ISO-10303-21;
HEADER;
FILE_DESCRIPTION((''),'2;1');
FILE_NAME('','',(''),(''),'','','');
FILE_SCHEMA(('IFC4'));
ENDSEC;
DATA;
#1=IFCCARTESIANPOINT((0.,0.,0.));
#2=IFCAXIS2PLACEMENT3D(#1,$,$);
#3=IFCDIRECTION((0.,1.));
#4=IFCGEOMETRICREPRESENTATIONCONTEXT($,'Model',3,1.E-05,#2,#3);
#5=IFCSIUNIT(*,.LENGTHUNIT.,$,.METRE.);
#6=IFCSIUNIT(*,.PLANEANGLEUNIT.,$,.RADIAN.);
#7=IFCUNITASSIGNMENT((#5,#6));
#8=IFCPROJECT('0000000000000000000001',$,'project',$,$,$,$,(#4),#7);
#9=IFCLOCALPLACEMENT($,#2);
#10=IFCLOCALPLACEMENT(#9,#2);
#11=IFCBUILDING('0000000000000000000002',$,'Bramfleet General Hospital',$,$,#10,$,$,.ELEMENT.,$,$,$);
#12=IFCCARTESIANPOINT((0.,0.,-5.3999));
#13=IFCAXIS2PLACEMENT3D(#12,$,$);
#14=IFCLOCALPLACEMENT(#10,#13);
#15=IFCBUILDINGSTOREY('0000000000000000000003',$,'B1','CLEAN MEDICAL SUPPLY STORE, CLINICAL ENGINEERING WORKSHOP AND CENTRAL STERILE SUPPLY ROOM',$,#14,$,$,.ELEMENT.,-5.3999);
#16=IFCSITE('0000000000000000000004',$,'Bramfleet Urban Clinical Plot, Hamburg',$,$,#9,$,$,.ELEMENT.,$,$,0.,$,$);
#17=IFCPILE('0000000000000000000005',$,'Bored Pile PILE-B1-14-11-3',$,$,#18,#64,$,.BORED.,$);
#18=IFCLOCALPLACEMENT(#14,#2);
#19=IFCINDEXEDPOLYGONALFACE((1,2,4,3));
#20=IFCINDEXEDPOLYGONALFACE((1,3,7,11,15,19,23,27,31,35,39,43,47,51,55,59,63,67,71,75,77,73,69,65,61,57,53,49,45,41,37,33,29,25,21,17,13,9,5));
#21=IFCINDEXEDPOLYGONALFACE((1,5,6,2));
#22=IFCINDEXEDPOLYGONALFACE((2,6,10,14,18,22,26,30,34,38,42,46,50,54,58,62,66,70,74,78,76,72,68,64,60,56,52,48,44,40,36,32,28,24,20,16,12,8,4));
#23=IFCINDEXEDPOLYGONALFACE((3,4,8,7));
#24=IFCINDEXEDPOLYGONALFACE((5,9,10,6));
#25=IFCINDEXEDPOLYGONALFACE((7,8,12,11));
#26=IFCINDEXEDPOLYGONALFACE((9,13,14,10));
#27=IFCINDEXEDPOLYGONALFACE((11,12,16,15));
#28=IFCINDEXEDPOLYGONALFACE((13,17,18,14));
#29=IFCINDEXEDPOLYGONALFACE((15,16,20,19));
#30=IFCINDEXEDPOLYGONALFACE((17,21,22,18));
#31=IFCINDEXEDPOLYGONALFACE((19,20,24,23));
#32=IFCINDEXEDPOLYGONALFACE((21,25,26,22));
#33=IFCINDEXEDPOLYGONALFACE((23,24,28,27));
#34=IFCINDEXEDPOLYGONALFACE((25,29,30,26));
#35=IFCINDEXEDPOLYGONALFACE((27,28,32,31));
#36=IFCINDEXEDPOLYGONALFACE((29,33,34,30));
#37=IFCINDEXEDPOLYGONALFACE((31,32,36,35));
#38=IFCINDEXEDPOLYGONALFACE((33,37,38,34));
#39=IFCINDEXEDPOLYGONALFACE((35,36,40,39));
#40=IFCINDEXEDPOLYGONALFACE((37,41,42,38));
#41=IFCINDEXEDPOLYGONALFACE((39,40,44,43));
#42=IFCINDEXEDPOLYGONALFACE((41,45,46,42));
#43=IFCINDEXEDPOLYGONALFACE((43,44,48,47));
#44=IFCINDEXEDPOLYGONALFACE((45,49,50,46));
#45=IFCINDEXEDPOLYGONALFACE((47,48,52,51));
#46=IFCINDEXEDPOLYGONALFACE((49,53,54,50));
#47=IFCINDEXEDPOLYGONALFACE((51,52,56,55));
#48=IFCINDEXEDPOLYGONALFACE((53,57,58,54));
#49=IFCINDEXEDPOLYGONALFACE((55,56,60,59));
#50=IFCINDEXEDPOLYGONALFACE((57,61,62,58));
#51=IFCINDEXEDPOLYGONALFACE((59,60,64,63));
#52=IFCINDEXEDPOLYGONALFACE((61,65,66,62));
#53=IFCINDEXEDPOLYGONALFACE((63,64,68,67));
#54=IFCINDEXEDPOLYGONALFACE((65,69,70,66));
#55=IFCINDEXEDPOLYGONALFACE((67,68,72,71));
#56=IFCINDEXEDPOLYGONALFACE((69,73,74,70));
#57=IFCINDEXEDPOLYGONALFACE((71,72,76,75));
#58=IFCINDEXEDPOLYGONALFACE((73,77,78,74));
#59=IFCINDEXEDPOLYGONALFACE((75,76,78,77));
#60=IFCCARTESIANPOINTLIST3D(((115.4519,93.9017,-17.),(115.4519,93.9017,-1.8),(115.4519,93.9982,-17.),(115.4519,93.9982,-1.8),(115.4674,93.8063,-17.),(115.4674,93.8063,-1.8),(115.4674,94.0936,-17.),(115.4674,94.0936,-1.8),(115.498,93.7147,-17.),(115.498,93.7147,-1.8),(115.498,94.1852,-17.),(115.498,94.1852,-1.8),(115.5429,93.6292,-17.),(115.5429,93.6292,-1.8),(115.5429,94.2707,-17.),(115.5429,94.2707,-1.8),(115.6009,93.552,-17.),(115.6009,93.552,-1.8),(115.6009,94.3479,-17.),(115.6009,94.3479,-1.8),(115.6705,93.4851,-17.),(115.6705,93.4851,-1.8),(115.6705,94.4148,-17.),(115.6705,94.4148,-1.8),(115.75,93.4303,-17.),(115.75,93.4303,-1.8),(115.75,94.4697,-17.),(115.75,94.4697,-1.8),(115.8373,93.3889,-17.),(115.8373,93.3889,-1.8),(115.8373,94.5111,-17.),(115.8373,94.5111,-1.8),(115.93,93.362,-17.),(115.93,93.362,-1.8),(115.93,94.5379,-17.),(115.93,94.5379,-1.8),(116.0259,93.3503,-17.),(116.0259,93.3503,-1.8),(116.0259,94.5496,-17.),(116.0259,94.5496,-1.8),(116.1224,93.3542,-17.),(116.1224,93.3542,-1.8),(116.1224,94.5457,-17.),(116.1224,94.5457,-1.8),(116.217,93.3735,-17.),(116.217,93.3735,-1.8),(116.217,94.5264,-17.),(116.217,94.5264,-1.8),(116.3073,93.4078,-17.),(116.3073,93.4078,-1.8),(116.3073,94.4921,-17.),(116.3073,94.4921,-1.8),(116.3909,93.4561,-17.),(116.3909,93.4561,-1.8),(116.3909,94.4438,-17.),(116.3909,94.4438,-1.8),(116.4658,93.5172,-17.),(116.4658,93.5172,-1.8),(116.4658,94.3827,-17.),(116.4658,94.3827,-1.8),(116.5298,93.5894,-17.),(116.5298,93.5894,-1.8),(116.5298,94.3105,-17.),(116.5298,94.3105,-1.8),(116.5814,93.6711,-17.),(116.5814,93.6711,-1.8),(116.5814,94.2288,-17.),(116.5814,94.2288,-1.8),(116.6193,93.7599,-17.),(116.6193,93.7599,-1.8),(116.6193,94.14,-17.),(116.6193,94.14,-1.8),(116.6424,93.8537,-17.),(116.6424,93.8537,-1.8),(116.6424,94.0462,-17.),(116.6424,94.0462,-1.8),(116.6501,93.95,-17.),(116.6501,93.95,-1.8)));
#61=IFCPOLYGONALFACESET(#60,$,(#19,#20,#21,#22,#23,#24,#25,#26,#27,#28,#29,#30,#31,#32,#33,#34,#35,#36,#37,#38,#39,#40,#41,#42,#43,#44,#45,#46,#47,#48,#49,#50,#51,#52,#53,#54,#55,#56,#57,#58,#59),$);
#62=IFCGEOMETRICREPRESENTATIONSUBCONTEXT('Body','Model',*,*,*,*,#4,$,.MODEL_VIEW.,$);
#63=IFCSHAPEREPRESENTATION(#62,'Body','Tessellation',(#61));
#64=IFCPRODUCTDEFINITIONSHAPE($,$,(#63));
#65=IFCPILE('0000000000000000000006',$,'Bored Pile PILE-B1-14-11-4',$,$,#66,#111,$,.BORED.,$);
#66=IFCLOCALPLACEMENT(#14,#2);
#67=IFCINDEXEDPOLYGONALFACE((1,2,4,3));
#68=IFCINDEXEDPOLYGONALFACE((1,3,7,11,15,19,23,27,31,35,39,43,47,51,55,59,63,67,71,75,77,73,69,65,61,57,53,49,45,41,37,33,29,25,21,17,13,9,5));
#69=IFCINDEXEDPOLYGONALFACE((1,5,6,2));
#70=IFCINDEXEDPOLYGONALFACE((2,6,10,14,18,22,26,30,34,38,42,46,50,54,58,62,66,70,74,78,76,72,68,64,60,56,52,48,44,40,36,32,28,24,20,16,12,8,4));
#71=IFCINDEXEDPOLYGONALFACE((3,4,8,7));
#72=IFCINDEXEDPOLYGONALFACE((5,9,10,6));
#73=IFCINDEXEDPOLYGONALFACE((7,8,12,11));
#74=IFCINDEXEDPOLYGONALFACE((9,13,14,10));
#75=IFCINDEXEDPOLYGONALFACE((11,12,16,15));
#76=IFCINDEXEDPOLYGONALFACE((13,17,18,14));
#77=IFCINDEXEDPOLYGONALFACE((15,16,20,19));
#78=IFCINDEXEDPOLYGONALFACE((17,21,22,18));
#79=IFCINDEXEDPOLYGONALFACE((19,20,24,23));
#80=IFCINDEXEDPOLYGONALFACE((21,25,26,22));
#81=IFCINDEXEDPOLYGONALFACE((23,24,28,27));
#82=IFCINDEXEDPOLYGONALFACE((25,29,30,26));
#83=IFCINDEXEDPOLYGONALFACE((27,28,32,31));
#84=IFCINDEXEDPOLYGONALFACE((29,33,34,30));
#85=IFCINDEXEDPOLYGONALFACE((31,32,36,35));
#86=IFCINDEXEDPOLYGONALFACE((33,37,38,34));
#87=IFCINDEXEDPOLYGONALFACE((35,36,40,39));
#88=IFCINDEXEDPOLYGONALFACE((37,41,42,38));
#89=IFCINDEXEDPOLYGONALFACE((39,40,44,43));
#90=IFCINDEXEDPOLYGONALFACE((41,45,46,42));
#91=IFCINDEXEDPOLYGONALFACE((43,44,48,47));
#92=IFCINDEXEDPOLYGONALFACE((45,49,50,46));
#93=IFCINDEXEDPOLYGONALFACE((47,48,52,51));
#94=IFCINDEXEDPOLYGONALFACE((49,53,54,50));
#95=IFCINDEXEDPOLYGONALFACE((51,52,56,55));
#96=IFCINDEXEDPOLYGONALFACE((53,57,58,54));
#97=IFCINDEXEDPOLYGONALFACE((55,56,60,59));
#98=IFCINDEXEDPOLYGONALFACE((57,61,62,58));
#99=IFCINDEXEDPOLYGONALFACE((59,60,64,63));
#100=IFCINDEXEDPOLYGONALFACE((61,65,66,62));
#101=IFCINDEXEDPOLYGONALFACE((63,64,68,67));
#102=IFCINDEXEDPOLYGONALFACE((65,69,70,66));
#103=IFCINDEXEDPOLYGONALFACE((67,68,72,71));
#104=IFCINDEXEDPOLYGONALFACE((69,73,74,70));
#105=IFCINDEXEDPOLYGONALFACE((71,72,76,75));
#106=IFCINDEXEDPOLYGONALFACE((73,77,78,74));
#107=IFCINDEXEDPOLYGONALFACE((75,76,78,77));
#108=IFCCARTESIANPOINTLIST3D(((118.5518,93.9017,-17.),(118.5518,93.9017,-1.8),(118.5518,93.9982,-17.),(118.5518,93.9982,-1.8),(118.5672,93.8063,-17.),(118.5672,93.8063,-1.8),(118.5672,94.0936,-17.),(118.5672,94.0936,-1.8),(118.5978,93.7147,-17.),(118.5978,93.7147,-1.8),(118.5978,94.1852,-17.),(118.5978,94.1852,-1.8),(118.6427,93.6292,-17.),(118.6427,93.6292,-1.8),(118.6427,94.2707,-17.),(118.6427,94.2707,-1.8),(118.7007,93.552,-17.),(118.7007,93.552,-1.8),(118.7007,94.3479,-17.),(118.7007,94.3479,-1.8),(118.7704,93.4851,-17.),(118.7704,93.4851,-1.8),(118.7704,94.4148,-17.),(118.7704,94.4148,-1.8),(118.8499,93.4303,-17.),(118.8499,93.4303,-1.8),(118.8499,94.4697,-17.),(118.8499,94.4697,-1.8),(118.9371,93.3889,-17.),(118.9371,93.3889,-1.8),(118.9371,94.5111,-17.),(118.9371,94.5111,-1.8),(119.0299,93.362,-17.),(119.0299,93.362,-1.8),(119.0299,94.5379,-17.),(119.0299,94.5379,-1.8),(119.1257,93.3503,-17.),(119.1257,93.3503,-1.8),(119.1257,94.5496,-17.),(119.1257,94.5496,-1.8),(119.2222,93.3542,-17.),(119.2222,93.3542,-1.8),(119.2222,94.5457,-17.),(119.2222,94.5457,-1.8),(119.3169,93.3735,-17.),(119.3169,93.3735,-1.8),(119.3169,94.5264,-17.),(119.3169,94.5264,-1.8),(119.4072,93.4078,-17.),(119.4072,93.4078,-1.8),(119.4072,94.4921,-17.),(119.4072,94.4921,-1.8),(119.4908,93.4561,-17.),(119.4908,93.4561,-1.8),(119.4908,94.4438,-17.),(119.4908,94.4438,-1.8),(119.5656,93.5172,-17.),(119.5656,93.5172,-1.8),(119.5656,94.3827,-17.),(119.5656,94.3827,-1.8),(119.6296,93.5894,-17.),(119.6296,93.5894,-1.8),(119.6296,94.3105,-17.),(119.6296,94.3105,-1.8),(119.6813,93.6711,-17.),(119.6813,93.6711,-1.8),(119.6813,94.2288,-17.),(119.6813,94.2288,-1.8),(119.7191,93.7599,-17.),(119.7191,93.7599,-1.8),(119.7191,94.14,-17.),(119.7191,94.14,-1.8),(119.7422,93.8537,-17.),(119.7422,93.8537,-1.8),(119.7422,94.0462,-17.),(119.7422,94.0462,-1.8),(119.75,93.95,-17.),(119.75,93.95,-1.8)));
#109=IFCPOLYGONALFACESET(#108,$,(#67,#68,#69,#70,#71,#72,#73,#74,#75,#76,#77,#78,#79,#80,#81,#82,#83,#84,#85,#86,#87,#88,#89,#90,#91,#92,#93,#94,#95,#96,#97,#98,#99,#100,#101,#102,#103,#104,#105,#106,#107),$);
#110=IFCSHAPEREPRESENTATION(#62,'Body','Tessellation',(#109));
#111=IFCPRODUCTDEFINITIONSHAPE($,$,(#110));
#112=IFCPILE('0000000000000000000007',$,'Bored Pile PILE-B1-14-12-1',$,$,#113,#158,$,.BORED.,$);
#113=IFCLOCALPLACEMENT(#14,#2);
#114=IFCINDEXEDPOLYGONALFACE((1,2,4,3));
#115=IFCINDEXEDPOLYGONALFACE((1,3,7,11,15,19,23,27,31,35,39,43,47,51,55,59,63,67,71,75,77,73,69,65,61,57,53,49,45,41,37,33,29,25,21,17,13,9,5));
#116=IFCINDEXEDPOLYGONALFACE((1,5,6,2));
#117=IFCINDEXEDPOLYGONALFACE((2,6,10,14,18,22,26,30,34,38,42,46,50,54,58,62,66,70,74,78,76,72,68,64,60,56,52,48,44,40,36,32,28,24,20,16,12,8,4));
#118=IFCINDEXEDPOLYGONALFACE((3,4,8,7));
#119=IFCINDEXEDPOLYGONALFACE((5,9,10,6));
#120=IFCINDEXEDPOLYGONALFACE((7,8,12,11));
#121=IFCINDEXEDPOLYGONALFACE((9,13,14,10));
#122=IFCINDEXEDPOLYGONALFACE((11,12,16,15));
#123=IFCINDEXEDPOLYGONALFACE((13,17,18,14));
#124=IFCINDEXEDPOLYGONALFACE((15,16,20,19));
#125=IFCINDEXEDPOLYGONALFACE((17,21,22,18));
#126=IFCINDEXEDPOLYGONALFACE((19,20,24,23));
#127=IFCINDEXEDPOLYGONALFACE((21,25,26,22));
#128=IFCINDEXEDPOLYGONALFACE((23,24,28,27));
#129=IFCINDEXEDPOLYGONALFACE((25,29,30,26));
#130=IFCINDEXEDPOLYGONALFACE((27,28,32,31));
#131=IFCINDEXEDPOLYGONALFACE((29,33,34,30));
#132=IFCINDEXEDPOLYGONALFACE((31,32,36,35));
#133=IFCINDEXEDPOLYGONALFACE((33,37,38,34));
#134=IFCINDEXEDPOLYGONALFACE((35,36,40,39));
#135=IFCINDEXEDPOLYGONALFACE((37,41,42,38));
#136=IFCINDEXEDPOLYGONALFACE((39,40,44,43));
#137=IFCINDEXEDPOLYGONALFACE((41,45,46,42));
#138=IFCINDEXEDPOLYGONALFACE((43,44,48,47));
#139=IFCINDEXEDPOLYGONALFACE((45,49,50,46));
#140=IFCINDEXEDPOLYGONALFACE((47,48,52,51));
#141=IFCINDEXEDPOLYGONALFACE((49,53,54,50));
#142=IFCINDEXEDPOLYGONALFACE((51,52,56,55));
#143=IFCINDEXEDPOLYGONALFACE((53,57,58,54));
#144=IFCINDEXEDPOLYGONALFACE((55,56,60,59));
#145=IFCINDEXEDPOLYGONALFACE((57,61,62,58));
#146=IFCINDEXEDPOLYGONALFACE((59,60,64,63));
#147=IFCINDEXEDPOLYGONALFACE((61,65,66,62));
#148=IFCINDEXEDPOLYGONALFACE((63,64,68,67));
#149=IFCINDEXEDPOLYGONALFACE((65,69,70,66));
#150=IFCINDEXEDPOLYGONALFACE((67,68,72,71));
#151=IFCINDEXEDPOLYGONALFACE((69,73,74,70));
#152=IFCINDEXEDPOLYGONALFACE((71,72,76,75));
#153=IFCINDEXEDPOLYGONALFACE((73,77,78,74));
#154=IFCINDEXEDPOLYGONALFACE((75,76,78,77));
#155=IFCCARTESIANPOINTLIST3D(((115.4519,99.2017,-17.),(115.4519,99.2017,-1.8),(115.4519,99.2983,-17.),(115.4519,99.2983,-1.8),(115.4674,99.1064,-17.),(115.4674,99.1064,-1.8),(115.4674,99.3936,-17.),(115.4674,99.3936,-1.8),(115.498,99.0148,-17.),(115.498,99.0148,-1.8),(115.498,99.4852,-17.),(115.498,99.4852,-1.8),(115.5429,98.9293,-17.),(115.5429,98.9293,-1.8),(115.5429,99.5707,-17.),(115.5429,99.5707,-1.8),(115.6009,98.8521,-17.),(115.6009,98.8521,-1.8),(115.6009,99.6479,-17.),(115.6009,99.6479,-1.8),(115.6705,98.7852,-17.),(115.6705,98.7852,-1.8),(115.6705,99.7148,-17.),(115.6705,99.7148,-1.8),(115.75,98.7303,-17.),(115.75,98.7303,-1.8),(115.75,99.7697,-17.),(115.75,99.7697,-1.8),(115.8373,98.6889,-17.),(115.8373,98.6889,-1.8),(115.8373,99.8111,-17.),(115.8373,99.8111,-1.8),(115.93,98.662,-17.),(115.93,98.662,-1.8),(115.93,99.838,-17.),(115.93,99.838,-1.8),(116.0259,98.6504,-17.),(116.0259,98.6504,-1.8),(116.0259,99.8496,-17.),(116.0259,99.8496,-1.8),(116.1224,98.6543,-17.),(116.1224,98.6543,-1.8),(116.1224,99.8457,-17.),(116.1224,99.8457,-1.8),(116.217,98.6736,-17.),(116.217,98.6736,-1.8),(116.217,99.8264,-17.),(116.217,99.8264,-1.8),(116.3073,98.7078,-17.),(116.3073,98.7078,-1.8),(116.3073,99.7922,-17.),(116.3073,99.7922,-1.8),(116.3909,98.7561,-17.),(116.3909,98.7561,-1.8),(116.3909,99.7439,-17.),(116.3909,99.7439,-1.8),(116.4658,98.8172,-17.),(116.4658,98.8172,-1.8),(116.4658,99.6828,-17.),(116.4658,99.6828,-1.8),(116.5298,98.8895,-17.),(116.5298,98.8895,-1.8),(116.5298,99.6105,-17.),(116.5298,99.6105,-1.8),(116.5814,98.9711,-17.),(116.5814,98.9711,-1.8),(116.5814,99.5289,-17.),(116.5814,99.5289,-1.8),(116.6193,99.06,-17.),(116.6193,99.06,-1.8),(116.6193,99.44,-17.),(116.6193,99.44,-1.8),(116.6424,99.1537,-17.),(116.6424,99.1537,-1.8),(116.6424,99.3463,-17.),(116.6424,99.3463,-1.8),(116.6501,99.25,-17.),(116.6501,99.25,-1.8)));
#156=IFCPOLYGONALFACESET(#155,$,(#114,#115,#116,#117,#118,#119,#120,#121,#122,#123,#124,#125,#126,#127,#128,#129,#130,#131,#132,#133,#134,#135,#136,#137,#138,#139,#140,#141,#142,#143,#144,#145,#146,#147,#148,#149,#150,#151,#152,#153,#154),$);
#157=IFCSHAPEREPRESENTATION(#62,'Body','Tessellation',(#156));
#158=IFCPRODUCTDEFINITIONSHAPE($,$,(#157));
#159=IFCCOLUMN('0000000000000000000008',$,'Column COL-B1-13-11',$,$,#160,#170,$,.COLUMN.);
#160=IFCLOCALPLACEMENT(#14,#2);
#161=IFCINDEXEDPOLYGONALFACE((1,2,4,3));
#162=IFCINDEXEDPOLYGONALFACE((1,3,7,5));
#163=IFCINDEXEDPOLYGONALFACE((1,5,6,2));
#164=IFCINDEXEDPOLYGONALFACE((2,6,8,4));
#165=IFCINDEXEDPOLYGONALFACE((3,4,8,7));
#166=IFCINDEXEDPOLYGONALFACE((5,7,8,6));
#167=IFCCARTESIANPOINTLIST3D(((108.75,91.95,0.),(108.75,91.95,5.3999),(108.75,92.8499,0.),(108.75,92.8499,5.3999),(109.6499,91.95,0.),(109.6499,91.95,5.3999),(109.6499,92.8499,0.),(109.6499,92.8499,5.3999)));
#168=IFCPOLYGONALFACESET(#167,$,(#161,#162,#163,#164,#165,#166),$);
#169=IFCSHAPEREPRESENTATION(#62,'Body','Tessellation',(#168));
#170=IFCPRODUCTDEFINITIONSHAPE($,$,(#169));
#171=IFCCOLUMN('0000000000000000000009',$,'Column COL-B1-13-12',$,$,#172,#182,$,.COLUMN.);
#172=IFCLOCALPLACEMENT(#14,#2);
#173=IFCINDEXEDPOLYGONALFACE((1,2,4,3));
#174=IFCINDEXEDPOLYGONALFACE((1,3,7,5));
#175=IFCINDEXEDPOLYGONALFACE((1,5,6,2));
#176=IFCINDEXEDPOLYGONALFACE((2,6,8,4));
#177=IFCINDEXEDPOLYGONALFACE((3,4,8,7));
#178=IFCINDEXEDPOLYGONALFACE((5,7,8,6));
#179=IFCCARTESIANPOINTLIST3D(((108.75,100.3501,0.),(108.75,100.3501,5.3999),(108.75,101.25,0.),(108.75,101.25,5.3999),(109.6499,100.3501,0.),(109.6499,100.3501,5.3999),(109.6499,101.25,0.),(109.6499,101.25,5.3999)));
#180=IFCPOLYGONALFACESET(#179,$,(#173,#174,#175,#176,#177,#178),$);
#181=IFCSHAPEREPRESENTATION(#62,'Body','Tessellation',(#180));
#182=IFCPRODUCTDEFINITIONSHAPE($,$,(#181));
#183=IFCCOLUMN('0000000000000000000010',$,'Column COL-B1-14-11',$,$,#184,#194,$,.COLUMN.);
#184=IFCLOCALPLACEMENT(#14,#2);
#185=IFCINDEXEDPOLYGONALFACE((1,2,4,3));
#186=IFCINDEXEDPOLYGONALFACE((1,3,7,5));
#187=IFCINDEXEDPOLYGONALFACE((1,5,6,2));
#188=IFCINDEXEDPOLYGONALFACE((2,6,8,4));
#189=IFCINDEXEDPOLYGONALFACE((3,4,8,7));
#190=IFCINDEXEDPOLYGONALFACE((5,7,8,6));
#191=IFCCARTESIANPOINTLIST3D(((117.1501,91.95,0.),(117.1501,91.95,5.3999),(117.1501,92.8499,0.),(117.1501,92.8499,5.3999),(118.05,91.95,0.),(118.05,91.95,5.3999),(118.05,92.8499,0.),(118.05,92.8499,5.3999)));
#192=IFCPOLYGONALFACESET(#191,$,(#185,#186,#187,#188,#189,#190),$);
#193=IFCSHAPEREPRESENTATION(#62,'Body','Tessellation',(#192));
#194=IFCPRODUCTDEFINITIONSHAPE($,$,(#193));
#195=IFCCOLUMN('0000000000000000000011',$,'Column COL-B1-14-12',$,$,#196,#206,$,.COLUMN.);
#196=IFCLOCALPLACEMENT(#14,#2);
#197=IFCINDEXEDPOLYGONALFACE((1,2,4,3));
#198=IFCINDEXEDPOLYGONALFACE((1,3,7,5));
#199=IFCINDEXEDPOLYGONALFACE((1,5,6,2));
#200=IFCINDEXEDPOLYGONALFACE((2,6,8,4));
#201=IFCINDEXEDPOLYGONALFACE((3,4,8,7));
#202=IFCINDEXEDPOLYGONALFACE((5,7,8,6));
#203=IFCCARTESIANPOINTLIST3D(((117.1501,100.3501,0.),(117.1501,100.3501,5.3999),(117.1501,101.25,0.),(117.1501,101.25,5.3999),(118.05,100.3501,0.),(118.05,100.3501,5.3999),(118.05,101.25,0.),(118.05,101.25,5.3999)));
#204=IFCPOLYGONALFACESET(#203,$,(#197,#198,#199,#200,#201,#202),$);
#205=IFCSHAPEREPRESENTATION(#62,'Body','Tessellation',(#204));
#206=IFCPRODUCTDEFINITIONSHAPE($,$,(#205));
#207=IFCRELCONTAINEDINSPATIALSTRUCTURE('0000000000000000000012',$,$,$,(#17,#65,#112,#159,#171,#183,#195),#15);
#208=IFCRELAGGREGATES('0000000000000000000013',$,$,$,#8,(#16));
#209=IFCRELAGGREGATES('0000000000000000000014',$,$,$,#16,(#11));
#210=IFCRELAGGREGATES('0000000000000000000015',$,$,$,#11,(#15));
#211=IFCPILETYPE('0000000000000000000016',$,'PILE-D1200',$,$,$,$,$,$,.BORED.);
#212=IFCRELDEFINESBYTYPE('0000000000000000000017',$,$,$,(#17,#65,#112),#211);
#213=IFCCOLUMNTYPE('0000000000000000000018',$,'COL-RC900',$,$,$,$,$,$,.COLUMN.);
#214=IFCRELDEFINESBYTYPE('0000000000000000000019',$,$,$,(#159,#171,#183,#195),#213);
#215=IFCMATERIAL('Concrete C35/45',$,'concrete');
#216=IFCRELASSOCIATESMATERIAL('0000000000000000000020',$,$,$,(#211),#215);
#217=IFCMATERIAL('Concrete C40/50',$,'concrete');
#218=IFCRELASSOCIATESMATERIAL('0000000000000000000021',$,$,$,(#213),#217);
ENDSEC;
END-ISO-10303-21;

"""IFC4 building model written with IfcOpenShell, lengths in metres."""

from ifc_helpers import new_model, si_unit, direction, frame, origin, origin_2d, place, context, subcontext, project, spatial, rectangle, circle, extrude, material, material_profile, profile_set, type_object, element, save


model = new_model("IFC4")

# Units and contexts
model_context = context("Model", 3, precision=1e-05, world=origin(), true_north=direction((0.0, 1.0)))
body_context = subcontext(model_context, "Body", "Model", "MODEL_VIEW")
ifc_project = project(units=[si_unit("LENGTHUNIT", "METRE"), si_unit("PLANEANGLEUNIT", "RADIAN")], contexts=[model_context])

# Site, building, storey
site_placement = place(None, origin())
site = spatial("IfcSite", under=ifc_project, at=site_placement, Name="Bramfleet Urban Clinical Plot, Hamburg", CompositionType="ELEMENT", RefElevation=0.0)
building_placement = place(site_placement, origin())
building = spatial("IfcBuilding", under=site, at=building_placement, Name="Bramfleet General Hospital", CompositionType="ELEMENT")
storey_placement = place(building_placement, frame((0.0, 0.0, -5.3999)))
storey = spatial("IfcBuildingStorey", under=building, at=storey_placement, Name="B1", Description="CLEAN MEDICAL SUPPLY STORE, CLINICAL ENGINEERING WORKSHOP AND CENTRAL STERILE SUPPLY ROOM", CompositionType="ELEMENT", Elevation=-5.3999)

# Shared definitions
ifc_material_1 = material(Name="Concrete C35/45", Category="concrete")

# Piles
ifc_material_profile_1 = material_profile(ifc_material_1, circle(Radius=0.6001, at=origin_2d()), Name="PILE BORED D1200")
ifc_profile_set_1 = profile_set([ifc_material_profile_1], Name="Concrete C35/45")
pile_type = type_object("IfcPileType", Name="PILE-D1200", PredefinedType="BORED", material=ifc_profile_set_1)
for number, where, z_axis, x_axis, name in (
    (1, (116.05, 93.95, -1.8), (0.0, 0.0, -1.0), (1.0, 0.0, 0.0), "Bored Pile PILE-B1-14-11-3"),
    (2, (119.1499, 93.95, -1.8), (0.0, 0.0, -1.0), (1.0, 0.0, 0.0), "Bored Pile PILE-B1-14-11-4"),
    (3, (116.05, 99.25, -1.8), (0.0, 0.0, -1.0), (1.0, 0.0, 0.0), "Bored Pile PILE-B1-14-12-1"),
):
    element("IfcPile", number, at=place(storey_placement, frame(where, z_axis=z_axis, x_axis=x_axis)), inside=storey, type_object=pile_type, Name=name, PredefinedType="BORED", context=body_context, shape_type="SweptSolid", body=[
        extrude(circle(Radius=0.6001, at=origin_2d()), origin(), (0.0, 0.0, 1.0), 15.2),
    ])

# Columns
ifc_material_2 = material(Name="Concrete C40/50", Category="concrete")
ifc_material_profile_2 = material_profile(ifc_material_2, rectangle(XDim=0.8999, YDim=0.8999, at=origin_2d()), Name="RC COL 900x900")
ifc_profile_set_2 = profile_set([ifc_material_profile_2], Name="Concrete C40/50")
column_type = type_object("IfcColumnType", Name="COL-RC900", PredefinedType="COLUMN", material=ifc_profile_set_2)
for number, where, z_axis, x_axis, name in (
    (4, (109.2, 92.3999, 0.0), (0.0, 0.0, 1.0), (1.0, 0.0, 0.0), "Column COL-B1-13-11"),
    (5, (109.2, 100.8, 0.0), (0.0, 0.0, 1.0), (1.0, 0.0, 0.0), "Column COL-B1-13-12"),
    (6, (117.6001, 92.3999, 0.0), (0.0, 0.0, 1.0), (1.0, 0.0, 0.0), "Column COL-B1-14-11"),
    (7, (117.6001, 100.8, 0.0), (0.0, 0.0, 1.0), (1.0, 0.0, 0.0), "Column COL-B1-14-12"),
):
    element("IfcColumn", number, at=place(storey_placement, frame(where, z_axis=z_axis, x_axis=x_axis)), inside=storey, type_object=column_type, Name=name, PredefinedType="COLUMN", context=body_context, shape_type="SweptSolid", body=[
        extrude(rectangle(XDim=0.8999, YDim=0.8999, at=origin_2d()), origin(), (0.0, 0.0, 1.0), 5.3999),
    ])

save(model, "model.ifc")
